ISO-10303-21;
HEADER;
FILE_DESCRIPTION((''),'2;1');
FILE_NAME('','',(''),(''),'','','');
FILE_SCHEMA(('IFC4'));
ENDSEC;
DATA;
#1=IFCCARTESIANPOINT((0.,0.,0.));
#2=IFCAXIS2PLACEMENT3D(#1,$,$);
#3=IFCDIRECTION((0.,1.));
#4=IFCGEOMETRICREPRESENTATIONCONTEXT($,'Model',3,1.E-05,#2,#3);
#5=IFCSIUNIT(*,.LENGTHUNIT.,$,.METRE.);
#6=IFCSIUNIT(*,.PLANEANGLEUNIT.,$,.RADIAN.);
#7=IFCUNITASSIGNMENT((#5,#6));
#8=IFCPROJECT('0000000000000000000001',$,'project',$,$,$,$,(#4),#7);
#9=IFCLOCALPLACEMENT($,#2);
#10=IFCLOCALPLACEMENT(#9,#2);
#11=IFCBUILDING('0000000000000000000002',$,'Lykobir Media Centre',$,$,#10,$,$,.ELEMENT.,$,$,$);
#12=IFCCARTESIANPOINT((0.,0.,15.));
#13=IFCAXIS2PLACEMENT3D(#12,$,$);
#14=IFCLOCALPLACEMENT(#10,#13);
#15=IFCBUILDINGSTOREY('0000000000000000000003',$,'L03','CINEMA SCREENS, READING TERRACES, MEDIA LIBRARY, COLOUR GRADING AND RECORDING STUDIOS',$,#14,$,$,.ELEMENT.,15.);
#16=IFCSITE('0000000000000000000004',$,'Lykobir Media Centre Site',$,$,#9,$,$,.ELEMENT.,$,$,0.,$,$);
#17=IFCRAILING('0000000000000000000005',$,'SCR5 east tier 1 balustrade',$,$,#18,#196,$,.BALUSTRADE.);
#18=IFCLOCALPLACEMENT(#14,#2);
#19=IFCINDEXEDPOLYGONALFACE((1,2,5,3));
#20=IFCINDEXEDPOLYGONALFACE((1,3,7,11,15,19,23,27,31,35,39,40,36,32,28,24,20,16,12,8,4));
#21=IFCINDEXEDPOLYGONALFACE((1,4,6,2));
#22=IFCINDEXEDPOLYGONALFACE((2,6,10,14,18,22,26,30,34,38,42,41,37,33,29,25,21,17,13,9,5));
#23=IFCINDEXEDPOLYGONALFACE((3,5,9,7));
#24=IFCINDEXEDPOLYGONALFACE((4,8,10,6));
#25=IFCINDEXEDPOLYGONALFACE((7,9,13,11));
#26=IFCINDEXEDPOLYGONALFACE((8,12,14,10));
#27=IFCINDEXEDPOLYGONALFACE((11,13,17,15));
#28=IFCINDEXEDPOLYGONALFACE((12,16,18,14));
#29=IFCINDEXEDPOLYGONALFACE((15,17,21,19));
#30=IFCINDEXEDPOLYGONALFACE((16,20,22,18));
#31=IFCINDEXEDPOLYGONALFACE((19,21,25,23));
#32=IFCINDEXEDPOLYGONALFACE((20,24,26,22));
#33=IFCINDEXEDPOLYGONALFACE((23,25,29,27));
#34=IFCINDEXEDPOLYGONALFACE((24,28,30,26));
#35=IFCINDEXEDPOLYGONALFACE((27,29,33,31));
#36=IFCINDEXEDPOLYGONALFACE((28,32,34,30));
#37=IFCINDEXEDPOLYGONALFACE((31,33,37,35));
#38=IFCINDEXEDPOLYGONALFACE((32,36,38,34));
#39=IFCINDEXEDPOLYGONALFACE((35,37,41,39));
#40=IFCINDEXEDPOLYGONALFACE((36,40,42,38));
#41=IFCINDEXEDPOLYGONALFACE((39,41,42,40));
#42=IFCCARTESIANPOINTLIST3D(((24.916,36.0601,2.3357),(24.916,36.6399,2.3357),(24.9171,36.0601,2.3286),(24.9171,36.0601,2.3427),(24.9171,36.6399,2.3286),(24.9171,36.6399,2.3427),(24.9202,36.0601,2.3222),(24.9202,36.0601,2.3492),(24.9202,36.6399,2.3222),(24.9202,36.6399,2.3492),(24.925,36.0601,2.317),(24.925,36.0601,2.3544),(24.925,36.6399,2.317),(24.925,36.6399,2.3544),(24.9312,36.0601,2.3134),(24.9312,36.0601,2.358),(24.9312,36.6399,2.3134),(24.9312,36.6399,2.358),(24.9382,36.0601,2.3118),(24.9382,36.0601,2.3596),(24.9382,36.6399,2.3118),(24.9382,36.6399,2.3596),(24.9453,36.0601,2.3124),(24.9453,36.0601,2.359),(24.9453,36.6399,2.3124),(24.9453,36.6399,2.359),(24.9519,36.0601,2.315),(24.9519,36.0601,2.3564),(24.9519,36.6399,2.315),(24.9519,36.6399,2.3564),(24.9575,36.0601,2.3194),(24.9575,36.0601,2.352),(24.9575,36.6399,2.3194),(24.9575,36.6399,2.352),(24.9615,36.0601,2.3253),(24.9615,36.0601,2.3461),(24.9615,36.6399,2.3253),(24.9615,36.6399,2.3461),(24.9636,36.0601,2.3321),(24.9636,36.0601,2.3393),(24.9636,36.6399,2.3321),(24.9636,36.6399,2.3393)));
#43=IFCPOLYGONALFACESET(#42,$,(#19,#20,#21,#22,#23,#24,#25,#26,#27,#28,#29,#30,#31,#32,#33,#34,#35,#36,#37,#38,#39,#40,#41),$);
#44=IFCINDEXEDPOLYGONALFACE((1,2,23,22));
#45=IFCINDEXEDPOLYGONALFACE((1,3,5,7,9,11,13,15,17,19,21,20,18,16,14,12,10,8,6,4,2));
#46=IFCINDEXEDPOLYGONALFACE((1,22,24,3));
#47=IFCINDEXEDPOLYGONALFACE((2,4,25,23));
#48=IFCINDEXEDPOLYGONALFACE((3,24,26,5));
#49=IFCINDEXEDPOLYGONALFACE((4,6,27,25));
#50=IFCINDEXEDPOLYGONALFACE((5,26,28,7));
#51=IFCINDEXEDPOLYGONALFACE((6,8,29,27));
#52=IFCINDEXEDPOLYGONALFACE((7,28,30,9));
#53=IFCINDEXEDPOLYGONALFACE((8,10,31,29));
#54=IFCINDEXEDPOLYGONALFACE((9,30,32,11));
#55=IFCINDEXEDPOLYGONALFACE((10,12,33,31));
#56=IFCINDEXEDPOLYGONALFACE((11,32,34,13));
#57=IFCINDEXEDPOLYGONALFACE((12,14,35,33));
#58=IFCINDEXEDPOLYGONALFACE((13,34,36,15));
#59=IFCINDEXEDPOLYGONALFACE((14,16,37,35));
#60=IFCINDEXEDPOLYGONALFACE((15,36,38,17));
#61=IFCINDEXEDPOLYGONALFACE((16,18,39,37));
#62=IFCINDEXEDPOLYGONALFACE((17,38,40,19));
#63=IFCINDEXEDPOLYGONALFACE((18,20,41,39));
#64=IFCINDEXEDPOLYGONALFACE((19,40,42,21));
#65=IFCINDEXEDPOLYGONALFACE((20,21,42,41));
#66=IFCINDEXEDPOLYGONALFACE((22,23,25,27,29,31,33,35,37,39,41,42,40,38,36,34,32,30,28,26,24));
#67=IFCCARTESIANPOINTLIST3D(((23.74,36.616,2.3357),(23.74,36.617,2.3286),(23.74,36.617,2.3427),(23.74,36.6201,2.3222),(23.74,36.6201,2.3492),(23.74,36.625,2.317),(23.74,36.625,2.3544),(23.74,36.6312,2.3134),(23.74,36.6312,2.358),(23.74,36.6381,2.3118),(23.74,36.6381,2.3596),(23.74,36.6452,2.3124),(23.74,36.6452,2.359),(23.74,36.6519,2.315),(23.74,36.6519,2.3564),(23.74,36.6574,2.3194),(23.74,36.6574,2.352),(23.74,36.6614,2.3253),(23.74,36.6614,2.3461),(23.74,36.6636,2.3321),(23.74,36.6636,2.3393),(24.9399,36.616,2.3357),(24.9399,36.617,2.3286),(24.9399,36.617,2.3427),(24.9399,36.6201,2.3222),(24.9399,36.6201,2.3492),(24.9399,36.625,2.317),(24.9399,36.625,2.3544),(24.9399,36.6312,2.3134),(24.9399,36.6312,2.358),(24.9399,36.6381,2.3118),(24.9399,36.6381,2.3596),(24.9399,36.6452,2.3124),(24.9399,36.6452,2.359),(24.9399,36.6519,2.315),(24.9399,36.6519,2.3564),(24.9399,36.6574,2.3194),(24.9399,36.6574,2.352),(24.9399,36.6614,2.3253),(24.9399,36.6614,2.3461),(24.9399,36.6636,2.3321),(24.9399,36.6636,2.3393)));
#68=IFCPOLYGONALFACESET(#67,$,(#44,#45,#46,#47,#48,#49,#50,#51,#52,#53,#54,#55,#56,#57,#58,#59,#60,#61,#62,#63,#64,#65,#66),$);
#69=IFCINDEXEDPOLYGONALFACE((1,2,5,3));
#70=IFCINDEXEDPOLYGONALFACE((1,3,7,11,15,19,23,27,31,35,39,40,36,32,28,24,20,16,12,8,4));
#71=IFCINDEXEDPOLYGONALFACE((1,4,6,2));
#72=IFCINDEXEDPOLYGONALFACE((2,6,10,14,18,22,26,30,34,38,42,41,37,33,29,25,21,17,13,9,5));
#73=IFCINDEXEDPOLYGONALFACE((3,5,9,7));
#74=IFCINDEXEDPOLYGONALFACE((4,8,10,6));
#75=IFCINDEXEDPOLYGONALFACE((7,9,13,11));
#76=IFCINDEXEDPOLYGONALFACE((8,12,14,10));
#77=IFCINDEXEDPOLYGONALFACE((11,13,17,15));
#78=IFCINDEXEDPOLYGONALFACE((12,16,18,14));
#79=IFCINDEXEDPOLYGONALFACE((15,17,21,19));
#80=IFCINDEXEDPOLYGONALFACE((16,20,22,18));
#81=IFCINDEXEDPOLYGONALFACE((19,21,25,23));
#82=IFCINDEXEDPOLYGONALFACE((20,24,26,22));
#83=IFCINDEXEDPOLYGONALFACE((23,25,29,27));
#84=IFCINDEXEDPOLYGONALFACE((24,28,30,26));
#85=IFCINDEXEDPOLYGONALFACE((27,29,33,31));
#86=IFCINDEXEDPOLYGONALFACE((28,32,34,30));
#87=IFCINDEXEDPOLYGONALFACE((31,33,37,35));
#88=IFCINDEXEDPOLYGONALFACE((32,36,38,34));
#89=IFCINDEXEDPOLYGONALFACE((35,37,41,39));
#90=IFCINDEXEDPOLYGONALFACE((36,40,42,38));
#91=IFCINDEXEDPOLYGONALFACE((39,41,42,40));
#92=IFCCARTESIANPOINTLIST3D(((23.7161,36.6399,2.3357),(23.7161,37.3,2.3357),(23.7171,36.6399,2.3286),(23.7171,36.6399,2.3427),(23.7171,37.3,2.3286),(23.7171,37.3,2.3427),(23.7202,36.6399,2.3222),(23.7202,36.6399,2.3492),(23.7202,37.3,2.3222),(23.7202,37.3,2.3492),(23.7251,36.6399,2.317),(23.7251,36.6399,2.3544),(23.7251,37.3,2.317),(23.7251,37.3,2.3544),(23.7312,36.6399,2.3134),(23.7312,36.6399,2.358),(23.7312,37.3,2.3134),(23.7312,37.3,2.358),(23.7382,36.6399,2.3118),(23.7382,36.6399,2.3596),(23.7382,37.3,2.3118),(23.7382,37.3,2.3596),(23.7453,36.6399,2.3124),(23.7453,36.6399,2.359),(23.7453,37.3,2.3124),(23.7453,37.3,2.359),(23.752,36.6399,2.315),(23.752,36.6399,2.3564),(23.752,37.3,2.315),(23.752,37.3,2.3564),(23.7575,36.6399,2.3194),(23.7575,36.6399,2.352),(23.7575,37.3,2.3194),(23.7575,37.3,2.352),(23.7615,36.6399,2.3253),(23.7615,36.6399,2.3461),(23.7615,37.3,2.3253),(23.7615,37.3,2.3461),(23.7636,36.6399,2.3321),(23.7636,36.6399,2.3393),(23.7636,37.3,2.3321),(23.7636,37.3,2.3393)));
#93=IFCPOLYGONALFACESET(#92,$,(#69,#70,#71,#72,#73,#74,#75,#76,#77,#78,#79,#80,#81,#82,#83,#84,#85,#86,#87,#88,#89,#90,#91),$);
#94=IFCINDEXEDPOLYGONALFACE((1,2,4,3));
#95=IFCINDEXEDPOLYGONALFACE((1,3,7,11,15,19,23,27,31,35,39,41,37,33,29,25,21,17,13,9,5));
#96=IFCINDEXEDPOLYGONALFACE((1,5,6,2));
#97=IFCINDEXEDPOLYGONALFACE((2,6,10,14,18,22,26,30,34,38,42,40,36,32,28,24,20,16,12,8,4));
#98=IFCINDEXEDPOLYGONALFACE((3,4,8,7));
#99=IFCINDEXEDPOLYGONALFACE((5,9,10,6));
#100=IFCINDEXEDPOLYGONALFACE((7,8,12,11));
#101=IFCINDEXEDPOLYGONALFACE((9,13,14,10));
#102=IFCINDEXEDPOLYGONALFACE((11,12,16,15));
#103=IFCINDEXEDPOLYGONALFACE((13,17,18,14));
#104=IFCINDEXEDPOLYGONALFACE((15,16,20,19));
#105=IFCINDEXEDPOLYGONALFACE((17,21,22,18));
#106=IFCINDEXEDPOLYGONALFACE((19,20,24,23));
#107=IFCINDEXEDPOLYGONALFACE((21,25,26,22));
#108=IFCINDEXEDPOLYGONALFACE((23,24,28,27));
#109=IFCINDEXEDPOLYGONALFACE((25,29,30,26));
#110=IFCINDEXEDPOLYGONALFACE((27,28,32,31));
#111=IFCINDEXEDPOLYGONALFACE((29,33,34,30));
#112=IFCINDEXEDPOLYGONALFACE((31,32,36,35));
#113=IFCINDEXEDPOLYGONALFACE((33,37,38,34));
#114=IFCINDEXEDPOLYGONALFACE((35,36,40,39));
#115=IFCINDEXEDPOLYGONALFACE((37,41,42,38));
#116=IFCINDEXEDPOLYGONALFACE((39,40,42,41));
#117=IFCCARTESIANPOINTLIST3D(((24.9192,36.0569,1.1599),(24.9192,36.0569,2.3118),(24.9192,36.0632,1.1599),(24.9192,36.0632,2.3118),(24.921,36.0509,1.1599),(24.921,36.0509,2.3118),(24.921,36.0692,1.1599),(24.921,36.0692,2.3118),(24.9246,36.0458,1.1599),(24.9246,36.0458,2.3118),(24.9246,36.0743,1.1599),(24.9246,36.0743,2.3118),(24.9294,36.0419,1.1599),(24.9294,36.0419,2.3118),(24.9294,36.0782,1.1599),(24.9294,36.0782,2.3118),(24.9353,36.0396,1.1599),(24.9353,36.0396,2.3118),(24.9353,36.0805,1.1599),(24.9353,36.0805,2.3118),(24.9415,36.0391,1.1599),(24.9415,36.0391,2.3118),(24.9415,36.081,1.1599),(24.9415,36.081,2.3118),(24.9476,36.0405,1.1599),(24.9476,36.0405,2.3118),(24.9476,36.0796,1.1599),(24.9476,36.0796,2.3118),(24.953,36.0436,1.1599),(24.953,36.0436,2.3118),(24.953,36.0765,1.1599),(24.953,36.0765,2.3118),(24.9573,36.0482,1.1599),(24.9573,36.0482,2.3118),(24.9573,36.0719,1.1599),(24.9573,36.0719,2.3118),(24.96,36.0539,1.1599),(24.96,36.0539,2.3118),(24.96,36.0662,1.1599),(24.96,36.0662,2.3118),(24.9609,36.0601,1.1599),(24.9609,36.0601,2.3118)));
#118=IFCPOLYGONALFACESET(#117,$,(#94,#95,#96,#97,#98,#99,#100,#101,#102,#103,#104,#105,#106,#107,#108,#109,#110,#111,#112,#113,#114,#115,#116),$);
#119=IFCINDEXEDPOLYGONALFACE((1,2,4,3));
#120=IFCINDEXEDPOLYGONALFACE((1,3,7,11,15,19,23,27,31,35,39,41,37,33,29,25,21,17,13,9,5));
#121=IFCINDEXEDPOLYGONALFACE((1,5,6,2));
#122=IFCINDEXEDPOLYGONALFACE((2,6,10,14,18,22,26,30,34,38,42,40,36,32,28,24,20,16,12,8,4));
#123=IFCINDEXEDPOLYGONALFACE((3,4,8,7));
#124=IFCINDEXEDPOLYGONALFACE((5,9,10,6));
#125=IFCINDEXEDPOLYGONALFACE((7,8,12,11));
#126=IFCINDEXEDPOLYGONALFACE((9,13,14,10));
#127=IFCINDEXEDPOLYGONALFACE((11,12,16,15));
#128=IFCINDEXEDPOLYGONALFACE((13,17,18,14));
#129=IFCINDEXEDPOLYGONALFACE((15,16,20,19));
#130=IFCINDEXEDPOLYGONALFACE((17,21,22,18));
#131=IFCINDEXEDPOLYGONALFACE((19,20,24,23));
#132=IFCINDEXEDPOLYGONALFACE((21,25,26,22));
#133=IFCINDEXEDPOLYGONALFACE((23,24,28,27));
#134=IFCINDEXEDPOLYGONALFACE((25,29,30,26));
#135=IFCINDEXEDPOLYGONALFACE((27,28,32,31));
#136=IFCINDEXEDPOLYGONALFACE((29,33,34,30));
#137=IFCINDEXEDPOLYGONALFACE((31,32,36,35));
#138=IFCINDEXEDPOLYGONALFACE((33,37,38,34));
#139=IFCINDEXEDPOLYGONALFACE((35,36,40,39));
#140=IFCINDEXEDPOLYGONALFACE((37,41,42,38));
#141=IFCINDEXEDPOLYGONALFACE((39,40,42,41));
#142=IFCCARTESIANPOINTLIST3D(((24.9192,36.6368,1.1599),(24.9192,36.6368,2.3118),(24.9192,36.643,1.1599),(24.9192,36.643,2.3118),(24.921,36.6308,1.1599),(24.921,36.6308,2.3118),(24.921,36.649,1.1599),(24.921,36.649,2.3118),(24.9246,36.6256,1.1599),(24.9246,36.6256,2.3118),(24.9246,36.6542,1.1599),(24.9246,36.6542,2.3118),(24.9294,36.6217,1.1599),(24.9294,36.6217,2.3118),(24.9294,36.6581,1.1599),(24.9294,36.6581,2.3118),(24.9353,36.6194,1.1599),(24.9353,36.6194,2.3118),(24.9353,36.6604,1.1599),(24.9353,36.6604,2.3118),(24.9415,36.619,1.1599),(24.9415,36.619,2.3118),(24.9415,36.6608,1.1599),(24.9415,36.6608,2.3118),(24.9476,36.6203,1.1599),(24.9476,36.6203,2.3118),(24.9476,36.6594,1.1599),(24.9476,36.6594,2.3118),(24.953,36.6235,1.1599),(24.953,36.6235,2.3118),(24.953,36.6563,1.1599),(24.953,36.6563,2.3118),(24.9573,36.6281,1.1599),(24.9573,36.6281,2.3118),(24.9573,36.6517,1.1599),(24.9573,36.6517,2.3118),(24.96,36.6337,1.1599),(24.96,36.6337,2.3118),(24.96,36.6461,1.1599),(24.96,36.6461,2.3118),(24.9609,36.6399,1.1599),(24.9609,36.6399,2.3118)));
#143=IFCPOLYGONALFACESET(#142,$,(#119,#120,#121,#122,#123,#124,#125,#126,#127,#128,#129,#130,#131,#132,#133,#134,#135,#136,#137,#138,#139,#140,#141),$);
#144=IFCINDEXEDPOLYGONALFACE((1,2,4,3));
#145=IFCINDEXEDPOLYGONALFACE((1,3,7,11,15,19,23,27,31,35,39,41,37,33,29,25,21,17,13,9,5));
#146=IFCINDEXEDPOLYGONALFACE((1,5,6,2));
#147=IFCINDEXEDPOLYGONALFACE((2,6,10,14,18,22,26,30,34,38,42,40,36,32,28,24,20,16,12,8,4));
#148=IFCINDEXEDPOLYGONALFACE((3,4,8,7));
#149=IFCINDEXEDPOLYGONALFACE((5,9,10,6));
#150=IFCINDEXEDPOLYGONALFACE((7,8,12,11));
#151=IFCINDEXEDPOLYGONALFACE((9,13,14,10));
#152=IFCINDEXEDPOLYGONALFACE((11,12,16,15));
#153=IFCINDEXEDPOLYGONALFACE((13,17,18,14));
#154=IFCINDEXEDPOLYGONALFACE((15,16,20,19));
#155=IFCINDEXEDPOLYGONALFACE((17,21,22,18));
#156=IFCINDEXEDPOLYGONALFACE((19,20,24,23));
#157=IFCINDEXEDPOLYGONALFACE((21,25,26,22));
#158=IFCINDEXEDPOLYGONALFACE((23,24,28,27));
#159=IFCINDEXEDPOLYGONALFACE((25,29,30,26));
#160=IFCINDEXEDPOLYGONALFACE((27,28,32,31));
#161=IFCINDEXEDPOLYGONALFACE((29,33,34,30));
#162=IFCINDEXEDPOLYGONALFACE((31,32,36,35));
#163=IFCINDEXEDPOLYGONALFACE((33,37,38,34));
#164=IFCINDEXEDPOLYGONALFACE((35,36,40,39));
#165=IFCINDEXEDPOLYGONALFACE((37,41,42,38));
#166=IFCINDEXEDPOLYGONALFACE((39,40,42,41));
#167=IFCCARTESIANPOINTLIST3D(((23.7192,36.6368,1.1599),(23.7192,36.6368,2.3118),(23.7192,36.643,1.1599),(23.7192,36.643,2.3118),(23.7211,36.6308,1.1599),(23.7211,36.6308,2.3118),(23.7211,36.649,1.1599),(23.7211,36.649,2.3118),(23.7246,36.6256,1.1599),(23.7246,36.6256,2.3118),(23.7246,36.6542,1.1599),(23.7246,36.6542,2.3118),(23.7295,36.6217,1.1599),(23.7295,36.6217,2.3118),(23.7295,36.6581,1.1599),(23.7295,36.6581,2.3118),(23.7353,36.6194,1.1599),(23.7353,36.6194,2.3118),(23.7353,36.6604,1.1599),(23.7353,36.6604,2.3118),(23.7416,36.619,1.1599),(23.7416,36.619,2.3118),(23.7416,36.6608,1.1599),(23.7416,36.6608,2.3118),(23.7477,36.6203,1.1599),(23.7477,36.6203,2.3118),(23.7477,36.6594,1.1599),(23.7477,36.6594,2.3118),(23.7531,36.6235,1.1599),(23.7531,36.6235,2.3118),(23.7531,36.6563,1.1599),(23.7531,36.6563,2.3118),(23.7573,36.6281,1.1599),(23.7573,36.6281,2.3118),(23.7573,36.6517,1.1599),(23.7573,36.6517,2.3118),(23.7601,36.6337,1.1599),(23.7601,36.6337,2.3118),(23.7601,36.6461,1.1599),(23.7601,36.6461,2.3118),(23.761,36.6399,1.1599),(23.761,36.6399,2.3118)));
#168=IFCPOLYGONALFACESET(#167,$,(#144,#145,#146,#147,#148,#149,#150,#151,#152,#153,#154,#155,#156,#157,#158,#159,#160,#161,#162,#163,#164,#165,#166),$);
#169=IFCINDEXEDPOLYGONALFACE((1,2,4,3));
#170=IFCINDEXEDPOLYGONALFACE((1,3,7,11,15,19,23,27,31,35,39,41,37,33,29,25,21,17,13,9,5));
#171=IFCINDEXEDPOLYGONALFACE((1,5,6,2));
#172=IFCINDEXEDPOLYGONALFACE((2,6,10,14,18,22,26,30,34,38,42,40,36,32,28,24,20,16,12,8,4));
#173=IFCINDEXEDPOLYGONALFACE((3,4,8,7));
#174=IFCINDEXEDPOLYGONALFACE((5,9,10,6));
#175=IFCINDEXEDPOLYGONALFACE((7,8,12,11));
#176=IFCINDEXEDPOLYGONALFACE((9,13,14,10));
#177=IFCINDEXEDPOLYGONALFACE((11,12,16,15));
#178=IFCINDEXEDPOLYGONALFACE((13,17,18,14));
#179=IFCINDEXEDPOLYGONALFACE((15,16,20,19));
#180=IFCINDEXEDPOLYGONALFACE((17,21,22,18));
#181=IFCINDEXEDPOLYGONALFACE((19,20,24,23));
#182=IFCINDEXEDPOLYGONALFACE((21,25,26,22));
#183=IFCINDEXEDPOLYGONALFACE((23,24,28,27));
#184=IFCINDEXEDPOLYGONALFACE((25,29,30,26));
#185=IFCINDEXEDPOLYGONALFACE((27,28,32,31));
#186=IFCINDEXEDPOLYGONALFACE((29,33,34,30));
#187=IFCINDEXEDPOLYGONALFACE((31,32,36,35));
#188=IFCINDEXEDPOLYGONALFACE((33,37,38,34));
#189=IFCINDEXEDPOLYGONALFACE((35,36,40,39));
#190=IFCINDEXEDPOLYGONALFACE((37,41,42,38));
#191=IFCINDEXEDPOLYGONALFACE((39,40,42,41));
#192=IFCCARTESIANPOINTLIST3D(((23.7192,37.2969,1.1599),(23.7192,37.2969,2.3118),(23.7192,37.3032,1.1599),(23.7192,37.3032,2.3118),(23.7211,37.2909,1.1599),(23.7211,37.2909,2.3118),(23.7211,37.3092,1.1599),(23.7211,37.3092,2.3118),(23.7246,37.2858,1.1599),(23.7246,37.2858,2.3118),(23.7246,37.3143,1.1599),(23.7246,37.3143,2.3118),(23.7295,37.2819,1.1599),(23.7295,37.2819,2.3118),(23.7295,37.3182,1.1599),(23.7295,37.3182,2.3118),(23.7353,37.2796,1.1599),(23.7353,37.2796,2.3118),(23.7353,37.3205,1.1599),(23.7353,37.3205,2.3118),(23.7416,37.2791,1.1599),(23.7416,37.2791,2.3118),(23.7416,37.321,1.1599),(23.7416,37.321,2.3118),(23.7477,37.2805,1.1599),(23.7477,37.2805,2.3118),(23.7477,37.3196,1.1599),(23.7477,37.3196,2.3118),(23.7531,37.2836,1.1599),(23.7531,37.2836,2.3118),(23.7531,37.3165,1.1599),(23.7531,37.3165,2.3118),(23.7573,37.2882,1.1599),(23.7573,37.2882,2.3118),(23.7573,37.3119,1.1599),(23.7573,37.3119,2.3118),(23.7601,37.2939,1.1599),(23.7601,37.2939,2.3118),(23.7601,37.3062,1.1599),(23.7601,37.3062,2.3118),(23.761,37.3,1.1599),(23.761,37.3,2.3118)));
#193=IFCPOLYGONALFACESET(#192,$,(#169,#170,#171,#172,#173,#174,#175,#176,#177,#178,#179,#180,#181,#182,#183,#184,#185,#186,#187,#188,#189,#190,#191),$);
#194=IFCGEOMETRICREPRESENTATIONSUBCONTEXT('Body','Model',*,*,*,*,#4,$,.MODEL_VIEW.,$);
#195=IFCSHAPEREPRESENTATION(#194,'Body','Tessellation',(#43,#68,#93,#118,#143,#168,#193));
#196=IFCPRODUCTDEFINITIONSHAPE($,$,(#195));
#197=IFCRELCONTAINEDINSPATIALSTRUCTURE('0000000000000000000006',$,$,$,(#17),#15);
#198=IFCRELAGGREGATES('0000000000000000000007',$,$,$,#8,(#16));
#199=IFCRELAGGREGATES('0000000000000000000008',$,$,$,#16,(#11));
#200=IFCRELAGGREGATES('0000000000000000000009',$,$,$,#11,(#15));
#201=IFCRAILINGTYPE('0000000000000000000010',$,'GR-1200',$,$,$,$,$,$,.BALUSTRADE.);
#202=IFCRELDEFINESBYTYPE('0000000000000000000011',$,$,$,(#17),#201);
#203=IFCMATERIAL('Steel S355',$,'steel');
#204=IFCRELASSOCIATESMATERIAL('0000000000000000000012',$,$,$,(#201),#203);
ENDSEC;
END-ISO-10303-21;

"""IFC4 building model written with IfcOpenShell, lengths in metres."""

from ifc_helpers import new_model, si_unit, direction, frame, origin, origin_2d, place, context, subcontext, project, spatial, circle, extrude, material, type_object, element, save


model = new_model("IFC4")

# Units and contexts
model_context = context("Model", 3, precision=1e-05, world=origin(), true_north=direction((0.0, 1.0)))
body_context = subcontext(model_context, "Body", "Model", "MODEL_VIEW")
ifc_project = project(units=[si_unit("LENGTHUNIT", "METRE"), si_unit("PLANEANGLEUNIT", "RADIAN")], contexts=[model_context])

# Site, building, storey
site_placement = place(None, origin())
site = spatial("IfcSite", under=ifc_project, at=site_placement, Name="Lykobir Media Centre Site", CompositionType="ELEMENT", RefElevation=0.0)
building_placement = place(site_placement, origin())
building = spatial("IfcBuilding", under=site, at=building_placement, Name="Lykobir Media Centre", CompositionType="ELEMENT")
storey_placement = place(building_placement, frame((0.0, 0.0, 15.0)))
storey = spatial("IfcBuildingStorey", under=building, at=storey_placement, Name="L03", Description="CINEMA SCREENS, READING TERRACES, MEDIA LIBRARY, COLOUR GRADING AND RECORDING STUDIOS", CompositionType="ELEMENT", Elevation=15.0)

# Shared definitions
ifc_material = material(Name="Steel S355", Category="steel")

# Railing
railing_type = type_object("IfcRailingType", Name="GR-1200", PredefinedType="BALUSTRADE", material=ifc_material)
railing_1_placement = place(storey_placement, frame((24.9399, 36.0601, 1.1599)))
element("IfcRailing", 1, at=railing_1_placement, inside=storey, type_object=railing_type, Name="SCR5 east tier 1 balustrade", PredefinedType="BALUSTRADE", context=body_context, shape_type="SweptSolid", body=[
    extrude(circle(Radius=0.0239, at=origin_2d()), frame((0.0, 0.0, 1.1758), z_axis=(0.0, 1.0, 0.0), x_axis=(-1.0, 0.0, 0.0)), (0.0, 0.0, 1.0), 0.5798),
    extrude(circle(Radius=0.0239, at=origin_2d()), frame((0.0, 0.5798, 1.1758), z_axis=(-1.0, 0.0, 0.0), x_axis=(0.0, -1.0, 0.0)), (0.0, 0.0, 1.0), 1.2),
    extrude(circle(Radius=0.0239, at=origin_2d()), frame((-1.2, 0.5798, 1.1758), z_axis=(0.0, 1.0, 0.0), x_axis=(-1.0, 0.0, 0.0)), (0.0, 0.0, 1.0), 0.6602),
    extrude(circle(Radius=0.021, at=origin_2d()), origin(), (0.0, 0.0, 1.0), 1.1519),
    extrude(circle(Radius=0.021, at=origin_2d()), frame((0.0, 0.5798, 0.0)), (0.0, 0.0, 1.0), 1.1519),
    extrude(circle(Radius=0.021, at=origin_2d()), frame((-1.2, 0.5798, 0.0)), (0.0, 0.0, 1.0), 1.1519),
    extrude(circle(Radius=0.021, at=origin_2d()), frame((-1.2, 1.24, 0.0)), (0.0, 0.0, 1.0), 1.1519),
])

save(model, "model.ifc")
